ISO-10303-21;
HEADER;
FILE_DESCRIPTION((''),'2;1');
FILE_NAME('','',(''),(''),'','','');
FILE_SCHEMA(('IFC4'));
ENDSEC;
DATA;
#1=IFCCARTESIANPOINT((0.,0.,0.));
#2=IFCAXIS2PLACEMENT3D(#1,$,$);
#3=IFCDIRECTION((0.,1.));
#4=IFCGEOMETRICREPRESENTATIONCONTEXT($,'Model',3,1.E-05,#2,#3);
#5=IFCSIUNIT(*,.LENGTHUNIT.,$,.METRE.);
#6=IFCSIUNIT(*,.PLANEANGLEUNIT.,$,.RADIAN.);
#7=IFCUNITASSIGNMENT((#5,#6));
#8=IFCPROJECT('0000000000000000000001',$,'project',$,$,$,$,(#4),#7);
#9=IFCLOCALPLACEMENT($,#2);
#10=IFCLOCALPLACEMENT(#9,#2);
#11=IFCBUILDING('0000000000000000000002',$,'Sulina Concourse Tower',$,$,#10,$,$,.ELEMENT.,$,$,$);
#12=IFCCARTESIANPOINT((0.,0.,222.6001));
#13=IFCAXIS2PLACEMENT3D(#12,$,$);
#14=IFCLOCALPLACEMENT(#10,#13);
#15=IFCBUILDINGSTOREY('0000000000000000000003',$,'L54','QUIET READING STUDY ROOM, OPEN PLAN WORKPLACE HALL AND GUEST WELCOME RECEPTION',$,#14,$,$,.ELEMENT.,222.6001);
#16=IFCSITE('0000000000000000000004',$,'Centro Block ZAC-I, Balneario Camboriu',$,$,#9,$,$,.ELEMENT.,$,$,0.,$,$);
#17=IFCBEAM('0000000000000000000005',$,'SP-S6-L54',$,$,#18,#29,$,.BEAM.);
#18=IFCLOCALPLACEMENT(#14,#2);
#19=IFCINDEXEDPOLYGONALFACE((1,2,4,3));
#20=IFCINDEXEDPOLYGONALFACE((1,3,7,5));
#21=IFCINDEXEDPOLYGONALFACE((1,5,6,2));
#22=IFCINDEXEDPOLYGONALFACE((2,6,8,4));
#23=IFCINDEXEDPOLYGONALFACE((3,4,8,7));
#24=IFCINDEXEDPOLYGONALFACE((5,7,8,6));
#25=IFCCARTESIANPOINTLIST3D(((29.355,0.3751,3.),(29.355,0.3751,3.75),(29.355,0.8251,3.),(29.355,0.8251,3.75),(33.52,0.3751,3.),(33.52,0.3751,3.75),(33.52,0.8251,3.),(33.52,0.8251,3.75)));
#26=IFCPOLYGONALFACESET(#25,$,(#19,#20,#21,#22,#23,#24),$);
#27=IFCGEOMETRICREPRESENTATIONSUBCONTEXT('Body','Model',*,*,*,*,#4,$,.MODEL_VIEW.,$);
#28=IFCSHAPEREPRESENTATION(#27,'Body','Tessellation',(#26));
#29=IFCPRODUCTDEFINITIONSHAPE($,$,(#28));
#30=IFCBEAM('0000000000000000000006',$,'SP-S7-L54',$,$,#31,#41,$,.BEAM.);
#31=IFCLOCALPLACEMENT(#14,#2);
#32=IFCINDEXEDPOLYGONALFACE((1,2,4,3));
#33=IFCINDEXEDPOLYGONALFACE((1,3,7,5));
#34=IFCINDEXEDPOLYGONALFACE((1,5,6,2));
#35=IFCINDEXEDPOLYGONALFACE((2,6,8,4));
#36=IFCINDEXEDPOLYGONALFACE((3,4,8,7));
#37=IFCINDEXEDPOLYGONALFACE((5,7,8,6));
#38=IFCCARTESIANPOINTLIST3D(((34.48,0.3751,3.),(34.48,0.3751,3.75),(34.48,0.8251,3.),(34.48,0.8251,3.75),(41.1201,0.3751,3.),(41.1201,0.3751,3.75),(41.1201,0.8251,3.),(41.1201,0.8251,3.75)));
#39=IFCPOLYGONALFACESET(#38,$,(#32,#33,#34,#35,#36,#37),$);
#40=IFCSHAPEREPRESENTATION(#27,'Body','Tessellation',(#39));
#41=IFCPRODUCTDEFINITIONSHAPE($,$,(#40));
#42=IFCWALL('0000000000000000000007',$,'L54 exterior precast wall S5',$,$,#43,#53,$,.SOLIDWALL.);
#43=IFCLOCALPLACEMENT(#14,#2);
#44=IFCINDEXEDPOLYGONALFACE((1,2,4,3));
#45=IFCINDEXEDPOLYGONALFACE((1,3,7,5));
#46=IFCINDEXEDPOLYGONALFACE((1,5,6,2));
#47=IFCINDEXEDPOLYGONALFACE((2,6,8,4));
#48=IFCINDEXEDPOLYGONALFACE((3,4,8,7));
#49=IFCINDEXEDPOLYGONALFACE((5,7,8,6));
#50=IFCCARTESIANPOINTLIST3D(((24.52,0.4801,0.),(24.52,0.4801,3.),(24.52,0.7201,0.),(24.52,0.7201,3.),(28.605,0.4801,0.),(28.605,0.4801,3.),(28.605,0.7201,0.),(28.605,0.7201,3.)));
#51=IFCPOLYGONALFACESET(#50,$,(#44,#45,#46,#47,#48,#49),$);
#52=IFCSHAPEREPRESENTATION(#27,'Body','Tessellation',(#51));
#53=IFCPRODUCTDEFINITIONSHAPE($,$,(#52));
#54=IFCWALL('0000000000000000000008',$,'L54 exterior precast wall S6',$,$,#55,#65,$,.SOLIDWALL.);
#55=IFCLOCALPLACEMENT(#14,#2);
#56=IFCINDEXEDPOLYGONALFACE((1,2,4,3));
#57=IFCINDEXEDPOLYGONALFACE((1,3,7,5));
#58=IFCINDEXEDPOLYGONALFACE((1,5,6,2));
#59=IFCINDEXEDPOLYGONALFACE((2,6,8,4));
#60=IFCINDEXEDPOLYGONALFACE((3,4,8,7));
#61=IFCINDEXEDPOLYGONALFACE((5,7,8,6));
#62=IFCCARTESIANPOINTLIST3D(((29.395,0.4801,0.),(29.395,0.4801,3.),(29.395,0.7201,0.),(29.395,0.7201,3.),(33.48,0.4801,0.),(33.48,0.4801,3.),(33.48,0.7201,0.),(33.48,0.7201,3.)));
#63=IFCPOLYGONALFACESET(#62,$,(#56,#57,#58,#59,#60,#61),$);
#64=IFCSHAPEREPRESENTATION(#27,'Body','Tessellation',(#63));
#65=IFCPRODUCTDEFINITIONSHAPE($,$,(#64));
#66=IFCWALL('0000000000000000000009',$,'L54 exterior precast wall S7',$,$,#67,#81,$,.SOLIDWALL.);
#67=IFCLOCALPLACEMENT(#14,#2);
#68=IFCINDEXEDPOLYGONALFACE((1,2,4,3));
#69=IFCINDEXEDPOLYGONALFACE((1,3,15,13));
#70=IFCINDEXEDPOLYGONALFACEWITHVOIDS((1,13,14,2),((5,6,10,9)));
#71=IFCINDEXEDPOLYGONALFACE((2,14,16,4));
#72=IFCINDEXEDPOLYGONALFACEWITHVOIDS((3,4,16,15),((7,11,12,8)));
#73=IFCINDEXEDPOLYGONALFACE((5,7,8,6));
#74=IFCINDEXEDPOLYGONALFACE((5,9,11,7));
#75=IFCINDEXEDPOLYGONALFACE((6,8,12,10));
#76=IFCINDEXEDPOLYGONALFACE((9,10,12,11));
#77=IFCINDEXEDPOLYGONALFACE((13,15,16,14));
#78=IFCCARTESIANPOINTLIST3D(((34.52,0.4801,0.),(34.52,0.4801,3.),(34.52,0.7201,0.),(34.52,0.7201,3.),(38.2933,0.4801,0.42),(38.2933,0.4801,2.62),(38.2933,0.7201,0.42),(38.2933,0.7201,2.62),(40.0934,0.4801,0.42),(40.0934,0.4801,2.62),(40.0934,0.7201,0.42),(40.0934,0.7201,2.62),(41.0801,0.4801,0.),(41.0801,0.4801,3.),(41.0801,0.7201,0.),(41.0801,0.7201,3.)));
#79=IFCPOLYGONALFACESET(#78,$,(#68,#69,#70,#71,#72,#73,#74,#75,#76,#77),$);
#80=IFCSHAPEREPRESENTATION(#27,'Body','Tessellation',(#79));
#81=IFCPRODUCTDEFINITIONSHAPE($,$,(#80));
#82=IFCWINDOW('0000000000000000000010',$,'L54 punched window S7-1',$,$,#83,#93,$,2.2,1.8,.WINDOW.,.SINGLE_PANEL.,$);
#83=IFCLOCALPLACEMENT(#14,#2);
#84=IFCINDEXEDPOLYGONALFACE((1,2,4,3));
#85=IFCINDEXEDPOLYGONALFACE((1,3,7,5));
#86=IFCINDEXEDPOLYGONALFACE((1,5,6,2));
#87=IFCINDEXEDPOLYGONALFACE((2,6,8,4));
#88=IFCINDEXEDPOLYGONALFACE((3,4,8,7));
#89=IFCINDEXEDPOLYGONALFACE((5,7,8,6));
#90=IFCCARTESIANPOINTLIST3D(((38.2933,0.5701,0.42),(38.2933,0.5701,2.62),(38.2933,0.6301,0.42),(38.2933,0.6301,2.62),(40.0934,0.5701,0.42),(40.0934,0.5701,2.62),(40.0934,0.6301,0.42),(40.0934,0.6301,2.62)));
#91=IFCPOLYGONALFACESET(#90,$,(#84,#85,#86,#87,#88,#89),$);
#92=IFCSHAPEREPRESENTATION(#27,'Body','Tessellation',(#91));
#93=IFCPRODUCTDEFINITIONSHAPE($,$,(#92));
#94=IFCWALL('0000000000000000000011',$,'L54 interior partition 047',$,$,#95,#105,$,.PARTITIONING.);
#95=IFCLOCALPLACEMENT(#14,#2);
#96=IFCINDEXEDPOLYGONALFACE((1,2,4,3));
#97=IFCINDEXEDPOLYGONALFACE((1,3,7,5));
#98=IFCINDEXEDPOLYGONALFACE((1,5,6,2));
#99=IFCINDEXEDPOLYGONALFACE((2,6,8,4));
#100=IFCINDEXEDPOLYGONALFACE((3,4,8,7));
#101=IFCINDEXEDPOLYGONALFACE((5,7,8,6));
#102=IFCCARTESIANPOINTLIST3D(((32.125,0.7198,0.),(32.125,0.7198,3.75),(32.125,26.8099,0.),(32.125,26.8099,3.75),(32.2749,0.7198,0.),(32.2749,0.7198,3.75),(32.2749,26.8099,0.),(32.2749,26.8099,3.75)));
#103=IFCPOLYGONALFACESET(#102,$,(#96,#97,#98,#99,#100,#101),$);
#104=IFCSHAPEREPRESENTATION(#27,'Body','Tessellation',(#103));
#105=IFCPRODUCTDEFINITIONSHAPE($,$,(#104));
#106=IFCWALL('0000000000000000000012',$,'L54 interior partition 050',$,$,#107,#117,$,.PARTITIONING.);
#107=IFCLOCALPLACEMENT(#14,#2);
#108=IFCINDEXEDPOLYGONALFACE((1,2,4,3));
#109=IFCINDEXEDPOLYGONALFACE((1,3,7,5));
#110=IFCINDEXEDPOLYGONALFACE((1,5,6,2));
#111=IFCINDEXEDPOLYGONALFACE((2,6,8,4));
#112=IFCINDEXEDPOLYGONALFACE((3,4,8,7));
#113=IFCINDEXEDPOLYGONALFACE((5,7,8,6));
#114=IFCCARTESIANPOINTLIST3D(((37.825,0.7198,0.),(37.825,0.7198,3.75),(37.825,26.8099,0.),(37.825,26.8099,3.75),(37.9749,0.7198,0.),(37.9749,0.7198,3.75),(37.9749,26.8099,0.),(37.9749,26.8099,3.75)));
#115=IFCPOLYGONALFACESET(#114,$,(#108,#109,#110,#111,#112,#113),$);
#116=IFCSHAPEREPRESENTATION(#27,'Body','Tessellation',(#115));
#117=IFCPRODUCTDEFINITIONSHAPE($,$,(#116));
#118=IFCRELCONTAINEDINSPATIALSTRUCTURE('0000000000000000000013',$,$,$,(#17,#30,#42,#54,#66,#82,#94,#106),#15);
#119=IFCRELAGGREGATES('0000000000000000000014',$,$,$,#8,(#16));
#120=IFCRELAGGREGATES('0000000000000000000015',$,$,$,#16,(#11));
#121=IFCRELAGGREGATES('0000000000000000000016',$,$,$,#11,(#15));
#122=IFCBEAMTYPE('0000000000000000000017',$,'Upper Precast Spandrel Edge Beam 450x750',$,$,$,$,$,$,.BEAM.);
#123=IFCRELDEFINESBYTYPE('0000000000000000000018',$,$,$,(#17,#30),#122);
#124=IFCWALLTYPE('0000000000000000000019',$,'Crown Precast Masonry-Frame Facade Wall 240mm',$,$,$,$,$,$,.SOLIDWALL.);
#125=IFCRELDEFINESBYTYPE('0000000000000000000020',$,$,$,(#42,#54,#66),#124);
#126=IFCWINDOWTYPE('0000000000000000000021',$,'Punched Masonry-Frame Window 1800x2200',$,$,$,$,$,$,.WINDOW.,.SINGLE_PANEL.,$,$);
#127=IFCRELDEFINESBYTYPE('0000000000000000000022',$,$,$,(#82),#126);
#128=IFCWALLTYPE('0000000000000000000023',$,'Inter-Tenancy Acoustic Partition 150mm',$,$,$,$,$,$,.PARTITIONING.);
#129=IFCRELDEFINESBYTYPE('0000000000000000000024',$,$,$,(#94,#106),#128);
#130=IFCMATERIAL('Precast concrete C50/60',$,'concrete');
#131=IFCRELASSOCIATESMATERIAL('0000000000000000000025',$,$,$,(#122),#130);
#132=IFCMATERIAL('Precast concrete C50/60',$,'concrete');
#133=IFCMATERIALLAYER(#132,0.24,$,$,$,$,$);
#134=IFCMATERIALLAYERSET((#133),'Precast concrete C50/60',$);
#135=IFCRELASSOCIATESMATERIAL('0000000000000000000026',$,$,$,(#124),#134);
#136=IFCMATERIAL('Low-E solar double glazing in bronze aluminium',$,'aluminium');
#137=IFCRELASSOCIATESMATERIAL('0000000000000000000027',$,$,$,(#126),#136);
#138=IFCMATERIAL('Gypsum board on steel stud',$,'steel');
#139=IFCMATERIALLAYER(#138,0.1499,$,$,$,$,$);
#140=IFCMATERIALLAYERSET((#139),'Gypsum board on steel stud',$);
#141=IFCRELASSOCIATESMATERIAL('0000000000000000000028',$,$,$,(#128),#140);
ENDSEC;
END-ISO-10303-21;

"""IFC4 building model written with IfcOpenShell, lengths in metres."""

from ifc_helpers import new_model, si_unit, direction, frame, frame_2d, origin, origin_2d, place, context, subcontext, project, spatial, rectangle, extrude, material, layer, layer_set, material_profile, profile_set, type_object, element, fill, save


model = new_model("IFC4")

# Units and contexts
model_context = context("Model", 3, precision=1e-05, world=origin(), true_north=direction((0.0, 1.0)))
body_context = subcontext(model_context, "Body", "Model", "MODEL_VIEW")
ifc_project = project(units=[si_unit("LENGTHUNIT", "METRE"), si_unit("PLANEANGLEUNIT", "RADIAN")], contexts=[model_context])

# Site, building, storey
site_placement = place(None, origin())
site = spatial("IfcSite", under=ifc_project, at=site_placement, Name="Centro Block ZAC-I, Balneario Camboriu", CompositionType="ELEMENT", RefElevation=0.0)
building_placement = place(site_placement, origin())
building = spatial("IfcBuilding", under=site, at=building_placement, Name="Sulina Concourse Tower", CompositionType="ELEMENT")
storey_placement = place(building_placement, frame((0.0, 0.0, 222.6001)))
storey = spatial("IfcBuildingStorey", under=building, at=storey_placement, Name="L54", Description="QUIET READING STUDY ROOM, OPEN PLAN WORKPLACE HALL AND GUEST WELCOME RECEPTION", CompositionType="ELEMENT", Elevation=222.6001)

# Beams
ifc_material_1 = material(Name="Precast concrete C50/60", Category="concrete")
ifc_material_profile_1 = material_profile(ifc_material_1, rectangle(XDim=0.45, YDim=0.75, at=origin_2d()), Name="RC 450x750")
ifc_profile_set_1 = profile_set([ifc_material_profile_1], Name="Precast concrete C50/60")
beam_type_1 = type_object("IfcBeamType", Name="Upper Precast Spandrel Edge Beam 450x750", PredefinedType="BEAM", material=ifc_profile_set_1)
for number, where, z_axis, x_axis, name in (
    (1, (29.355, 0.6001, 3.375), (1.0, 0.0, 0.0), (0.0, 1.0, 0.0), "SP-S6-L54"),
):
    element("IfcBeam", number, at=place(storey_placement, frame(where, z_axis=z_axis, x_axis=x_axis)), inside=storey, type_object=beam_type_1, Name=name, PredefinedType="BEAM", context=body_context, shape_type="SweptSolid", body=[
        extrude(rectangle(XDim=0.45, YDim=0.75, at=origin_2d()), origin(), (0.0, 0.0, 1.0), 4.165),
    ])
beam_1_placement = place(storey_placement, frame((34.48, 0.6001, 3.375), z_axis=(1.0, 0.0, 0.0), x_axis=(0.0, 1.0, 0.0)))
element("IfcBeam", 2, at=beam_1_placement, inside=storey, type_object=beam_type_1, Name="SP-S7-L54", PredefinedType="BEAM", context=body_context, shape_type="SweptSolid", body=[
    extrude(rectangle(XDim=0.45, YDim=0.75, at=origin_2d()), origin(), (0.0, 0.0, 1.0), 6.6401),
])

# Walls
ifc_material_2 = material(Name="Precast concrete C50/60", Category="concrete")
ifc_layer_1 = layer(ifc_material_2, 0.24)
ifc_layer_set_1 = layer_set([ifc_layer_1], Name="Precast concrete C50/60")
wall_type_1 = type_object("IfcWallType", Name="Crown Precast Masonry-Frame Facade Wall 240mm", PredefinedType="SOLIDWALL", material=ifc_layer_set_1)
for number, where, z_axis, x_axis, name in (
    (3, (28.605, 0.6001, 0.0), (0.0, 0.0, 1.0), (-1.0, 0.0, 0.0), "L54 exterior precast wall S5"),
    (4, (33.48, 0.6001, 0.0), (0.0, 0.0, 1.0), (-1.0, 0.0, 0.0), "L54 exterior precast wall S6"),
):
    element("IfcWall", number, at=place(storey_placement, frame(where, z_axis=z_axis, x_axis=x_axis)), inside=storey, type_object=wall_type_1, Name=name, PredefinedType="SOLIDWALL", context=body_context, shape_type="SweptSolid", body=[
        extrude(rectangle(XDim=4.085, YDim=0.24, at=frame_2d((2.0425, 0.0))), origin(), (0.0, 0.0, 1.0), 3.0),
    ])

# Wall, opening, window
wall_placement = place(storey_placement, frame((41.0801, 0.6001, 0.0), z_axis=(0.0, 0.0, 1.0), x_axis=(-1.0, 0.0, 0.0)))
wall = element("IfcWall", 5, at=wall_placement, inside=storey, type_object=wall_type_1, Name="L54 exterior precast wall S7", PredefinedType="SOLIDWALL", context=body_context, shape_type="SweptSolid", body=[
    extrude(rectangle(XDim=6.5601, YDim=0.24, at=frame_2d((3.28, 0.0))), origin(), (0.0, 0.0, 1.0), 3.0),
])
opening_placement = place(wall_placement, frame((0.9868, 0.0, 0.4199)))
opening = element("IfcOpeningElement", 6, at=opening_placement, cuts=wall, PredefinedType="OPENING", context=body_context, shape_type="SweptSolid", body=[
    extrude(rectangle(XDim=1.8, YDim=2.2, at=frame_2d((0.8999, 1.1001))), frame((0.0, 0.1299, 0.0), z_axis=(0.0, -1.0, 0.0), x_axis=(1.0, 0.0, 0.0)), (0.0, 0.0, 1.0), 0.26),
])
ifc_material_3 = material(Name="Low-E solar double glazing in bronze aluminium", Category="aluminium")
window_type = type_object("IfcWindowType", Name="Punched Masonry-Frame Window 1800x2200", PartitioningType="SINGLE_PANEL", PredefinedType="WINDOW", material=ifc_material_3)
window_placement = place(opening_placement, origin())
window = element("IfcWindow", 7, at=window_placement, inside=storey, type_object=window_type, Name="L54 punched window S7-1", OverallHeight=2.2, OverallWidth=1.8, PartitioningType="SINGLE_PANEL", PredefinedType="WINDOW", context=body_context, shape_type="SweptSolid", body=[
    extrude(rectangle(XDim=1.8, YDim=2.2, at=frame_2d((0.8999, 1.1001))), frame((0.0, 0.03, 0.0), z_axis=(0.0, -1.0, 0.0), x_axis=(1.0, 0.0, 0.0)), (0.0, 0.0, 1.0), 0.0601),
])
fill(opening, window)

# Walls
ifc_material_4 = material(Name="Gypsum board on steel stud", Category="steel")
ifc_layer_2 = layer(ifc_material_4, 0.1499)
ifc_layer_set_2 = layer_set([ifc_layer_2], Name="Gypsum board on steel stud")
wall_type_2 = type_object("IfcWallType", Name="Inter-Tenancy Acoustic Partition 150mm", PredefinedType="PARTITIONING", material=ifc_layer_set_2)
for number, where, z_axis, x_axis, name in (
    (8, (32.2, 0.72, 0.0), (0.0, 0.0, 1.0), (0.0, 1.0, 0.0), "L54 interior partition 047"),
    (9, (37.8999, 0.72, 0.0), (0.0, 0.0, 1.0), (0.0, 1.0, 0.0), "L54 interior partition 050"),
):
    element("IfcWall", number, at=place(storey_placement, frame(where, z_axis=z_axis, x_axis=x_axis)), inside=storey, type_object=wall_type_2, Name=name, PredefinedType="PARTITIONING", context=body_context, shape_type="SweptSolid", body=[
        extrude(rectangle(XDim=26.0901, YDim=0.1499, at=frame_2d((13.0449, 0.0))), origin(), (0.0, 0.0, 1.0), 3.75),
    ])

save(model, "model.ifc")
